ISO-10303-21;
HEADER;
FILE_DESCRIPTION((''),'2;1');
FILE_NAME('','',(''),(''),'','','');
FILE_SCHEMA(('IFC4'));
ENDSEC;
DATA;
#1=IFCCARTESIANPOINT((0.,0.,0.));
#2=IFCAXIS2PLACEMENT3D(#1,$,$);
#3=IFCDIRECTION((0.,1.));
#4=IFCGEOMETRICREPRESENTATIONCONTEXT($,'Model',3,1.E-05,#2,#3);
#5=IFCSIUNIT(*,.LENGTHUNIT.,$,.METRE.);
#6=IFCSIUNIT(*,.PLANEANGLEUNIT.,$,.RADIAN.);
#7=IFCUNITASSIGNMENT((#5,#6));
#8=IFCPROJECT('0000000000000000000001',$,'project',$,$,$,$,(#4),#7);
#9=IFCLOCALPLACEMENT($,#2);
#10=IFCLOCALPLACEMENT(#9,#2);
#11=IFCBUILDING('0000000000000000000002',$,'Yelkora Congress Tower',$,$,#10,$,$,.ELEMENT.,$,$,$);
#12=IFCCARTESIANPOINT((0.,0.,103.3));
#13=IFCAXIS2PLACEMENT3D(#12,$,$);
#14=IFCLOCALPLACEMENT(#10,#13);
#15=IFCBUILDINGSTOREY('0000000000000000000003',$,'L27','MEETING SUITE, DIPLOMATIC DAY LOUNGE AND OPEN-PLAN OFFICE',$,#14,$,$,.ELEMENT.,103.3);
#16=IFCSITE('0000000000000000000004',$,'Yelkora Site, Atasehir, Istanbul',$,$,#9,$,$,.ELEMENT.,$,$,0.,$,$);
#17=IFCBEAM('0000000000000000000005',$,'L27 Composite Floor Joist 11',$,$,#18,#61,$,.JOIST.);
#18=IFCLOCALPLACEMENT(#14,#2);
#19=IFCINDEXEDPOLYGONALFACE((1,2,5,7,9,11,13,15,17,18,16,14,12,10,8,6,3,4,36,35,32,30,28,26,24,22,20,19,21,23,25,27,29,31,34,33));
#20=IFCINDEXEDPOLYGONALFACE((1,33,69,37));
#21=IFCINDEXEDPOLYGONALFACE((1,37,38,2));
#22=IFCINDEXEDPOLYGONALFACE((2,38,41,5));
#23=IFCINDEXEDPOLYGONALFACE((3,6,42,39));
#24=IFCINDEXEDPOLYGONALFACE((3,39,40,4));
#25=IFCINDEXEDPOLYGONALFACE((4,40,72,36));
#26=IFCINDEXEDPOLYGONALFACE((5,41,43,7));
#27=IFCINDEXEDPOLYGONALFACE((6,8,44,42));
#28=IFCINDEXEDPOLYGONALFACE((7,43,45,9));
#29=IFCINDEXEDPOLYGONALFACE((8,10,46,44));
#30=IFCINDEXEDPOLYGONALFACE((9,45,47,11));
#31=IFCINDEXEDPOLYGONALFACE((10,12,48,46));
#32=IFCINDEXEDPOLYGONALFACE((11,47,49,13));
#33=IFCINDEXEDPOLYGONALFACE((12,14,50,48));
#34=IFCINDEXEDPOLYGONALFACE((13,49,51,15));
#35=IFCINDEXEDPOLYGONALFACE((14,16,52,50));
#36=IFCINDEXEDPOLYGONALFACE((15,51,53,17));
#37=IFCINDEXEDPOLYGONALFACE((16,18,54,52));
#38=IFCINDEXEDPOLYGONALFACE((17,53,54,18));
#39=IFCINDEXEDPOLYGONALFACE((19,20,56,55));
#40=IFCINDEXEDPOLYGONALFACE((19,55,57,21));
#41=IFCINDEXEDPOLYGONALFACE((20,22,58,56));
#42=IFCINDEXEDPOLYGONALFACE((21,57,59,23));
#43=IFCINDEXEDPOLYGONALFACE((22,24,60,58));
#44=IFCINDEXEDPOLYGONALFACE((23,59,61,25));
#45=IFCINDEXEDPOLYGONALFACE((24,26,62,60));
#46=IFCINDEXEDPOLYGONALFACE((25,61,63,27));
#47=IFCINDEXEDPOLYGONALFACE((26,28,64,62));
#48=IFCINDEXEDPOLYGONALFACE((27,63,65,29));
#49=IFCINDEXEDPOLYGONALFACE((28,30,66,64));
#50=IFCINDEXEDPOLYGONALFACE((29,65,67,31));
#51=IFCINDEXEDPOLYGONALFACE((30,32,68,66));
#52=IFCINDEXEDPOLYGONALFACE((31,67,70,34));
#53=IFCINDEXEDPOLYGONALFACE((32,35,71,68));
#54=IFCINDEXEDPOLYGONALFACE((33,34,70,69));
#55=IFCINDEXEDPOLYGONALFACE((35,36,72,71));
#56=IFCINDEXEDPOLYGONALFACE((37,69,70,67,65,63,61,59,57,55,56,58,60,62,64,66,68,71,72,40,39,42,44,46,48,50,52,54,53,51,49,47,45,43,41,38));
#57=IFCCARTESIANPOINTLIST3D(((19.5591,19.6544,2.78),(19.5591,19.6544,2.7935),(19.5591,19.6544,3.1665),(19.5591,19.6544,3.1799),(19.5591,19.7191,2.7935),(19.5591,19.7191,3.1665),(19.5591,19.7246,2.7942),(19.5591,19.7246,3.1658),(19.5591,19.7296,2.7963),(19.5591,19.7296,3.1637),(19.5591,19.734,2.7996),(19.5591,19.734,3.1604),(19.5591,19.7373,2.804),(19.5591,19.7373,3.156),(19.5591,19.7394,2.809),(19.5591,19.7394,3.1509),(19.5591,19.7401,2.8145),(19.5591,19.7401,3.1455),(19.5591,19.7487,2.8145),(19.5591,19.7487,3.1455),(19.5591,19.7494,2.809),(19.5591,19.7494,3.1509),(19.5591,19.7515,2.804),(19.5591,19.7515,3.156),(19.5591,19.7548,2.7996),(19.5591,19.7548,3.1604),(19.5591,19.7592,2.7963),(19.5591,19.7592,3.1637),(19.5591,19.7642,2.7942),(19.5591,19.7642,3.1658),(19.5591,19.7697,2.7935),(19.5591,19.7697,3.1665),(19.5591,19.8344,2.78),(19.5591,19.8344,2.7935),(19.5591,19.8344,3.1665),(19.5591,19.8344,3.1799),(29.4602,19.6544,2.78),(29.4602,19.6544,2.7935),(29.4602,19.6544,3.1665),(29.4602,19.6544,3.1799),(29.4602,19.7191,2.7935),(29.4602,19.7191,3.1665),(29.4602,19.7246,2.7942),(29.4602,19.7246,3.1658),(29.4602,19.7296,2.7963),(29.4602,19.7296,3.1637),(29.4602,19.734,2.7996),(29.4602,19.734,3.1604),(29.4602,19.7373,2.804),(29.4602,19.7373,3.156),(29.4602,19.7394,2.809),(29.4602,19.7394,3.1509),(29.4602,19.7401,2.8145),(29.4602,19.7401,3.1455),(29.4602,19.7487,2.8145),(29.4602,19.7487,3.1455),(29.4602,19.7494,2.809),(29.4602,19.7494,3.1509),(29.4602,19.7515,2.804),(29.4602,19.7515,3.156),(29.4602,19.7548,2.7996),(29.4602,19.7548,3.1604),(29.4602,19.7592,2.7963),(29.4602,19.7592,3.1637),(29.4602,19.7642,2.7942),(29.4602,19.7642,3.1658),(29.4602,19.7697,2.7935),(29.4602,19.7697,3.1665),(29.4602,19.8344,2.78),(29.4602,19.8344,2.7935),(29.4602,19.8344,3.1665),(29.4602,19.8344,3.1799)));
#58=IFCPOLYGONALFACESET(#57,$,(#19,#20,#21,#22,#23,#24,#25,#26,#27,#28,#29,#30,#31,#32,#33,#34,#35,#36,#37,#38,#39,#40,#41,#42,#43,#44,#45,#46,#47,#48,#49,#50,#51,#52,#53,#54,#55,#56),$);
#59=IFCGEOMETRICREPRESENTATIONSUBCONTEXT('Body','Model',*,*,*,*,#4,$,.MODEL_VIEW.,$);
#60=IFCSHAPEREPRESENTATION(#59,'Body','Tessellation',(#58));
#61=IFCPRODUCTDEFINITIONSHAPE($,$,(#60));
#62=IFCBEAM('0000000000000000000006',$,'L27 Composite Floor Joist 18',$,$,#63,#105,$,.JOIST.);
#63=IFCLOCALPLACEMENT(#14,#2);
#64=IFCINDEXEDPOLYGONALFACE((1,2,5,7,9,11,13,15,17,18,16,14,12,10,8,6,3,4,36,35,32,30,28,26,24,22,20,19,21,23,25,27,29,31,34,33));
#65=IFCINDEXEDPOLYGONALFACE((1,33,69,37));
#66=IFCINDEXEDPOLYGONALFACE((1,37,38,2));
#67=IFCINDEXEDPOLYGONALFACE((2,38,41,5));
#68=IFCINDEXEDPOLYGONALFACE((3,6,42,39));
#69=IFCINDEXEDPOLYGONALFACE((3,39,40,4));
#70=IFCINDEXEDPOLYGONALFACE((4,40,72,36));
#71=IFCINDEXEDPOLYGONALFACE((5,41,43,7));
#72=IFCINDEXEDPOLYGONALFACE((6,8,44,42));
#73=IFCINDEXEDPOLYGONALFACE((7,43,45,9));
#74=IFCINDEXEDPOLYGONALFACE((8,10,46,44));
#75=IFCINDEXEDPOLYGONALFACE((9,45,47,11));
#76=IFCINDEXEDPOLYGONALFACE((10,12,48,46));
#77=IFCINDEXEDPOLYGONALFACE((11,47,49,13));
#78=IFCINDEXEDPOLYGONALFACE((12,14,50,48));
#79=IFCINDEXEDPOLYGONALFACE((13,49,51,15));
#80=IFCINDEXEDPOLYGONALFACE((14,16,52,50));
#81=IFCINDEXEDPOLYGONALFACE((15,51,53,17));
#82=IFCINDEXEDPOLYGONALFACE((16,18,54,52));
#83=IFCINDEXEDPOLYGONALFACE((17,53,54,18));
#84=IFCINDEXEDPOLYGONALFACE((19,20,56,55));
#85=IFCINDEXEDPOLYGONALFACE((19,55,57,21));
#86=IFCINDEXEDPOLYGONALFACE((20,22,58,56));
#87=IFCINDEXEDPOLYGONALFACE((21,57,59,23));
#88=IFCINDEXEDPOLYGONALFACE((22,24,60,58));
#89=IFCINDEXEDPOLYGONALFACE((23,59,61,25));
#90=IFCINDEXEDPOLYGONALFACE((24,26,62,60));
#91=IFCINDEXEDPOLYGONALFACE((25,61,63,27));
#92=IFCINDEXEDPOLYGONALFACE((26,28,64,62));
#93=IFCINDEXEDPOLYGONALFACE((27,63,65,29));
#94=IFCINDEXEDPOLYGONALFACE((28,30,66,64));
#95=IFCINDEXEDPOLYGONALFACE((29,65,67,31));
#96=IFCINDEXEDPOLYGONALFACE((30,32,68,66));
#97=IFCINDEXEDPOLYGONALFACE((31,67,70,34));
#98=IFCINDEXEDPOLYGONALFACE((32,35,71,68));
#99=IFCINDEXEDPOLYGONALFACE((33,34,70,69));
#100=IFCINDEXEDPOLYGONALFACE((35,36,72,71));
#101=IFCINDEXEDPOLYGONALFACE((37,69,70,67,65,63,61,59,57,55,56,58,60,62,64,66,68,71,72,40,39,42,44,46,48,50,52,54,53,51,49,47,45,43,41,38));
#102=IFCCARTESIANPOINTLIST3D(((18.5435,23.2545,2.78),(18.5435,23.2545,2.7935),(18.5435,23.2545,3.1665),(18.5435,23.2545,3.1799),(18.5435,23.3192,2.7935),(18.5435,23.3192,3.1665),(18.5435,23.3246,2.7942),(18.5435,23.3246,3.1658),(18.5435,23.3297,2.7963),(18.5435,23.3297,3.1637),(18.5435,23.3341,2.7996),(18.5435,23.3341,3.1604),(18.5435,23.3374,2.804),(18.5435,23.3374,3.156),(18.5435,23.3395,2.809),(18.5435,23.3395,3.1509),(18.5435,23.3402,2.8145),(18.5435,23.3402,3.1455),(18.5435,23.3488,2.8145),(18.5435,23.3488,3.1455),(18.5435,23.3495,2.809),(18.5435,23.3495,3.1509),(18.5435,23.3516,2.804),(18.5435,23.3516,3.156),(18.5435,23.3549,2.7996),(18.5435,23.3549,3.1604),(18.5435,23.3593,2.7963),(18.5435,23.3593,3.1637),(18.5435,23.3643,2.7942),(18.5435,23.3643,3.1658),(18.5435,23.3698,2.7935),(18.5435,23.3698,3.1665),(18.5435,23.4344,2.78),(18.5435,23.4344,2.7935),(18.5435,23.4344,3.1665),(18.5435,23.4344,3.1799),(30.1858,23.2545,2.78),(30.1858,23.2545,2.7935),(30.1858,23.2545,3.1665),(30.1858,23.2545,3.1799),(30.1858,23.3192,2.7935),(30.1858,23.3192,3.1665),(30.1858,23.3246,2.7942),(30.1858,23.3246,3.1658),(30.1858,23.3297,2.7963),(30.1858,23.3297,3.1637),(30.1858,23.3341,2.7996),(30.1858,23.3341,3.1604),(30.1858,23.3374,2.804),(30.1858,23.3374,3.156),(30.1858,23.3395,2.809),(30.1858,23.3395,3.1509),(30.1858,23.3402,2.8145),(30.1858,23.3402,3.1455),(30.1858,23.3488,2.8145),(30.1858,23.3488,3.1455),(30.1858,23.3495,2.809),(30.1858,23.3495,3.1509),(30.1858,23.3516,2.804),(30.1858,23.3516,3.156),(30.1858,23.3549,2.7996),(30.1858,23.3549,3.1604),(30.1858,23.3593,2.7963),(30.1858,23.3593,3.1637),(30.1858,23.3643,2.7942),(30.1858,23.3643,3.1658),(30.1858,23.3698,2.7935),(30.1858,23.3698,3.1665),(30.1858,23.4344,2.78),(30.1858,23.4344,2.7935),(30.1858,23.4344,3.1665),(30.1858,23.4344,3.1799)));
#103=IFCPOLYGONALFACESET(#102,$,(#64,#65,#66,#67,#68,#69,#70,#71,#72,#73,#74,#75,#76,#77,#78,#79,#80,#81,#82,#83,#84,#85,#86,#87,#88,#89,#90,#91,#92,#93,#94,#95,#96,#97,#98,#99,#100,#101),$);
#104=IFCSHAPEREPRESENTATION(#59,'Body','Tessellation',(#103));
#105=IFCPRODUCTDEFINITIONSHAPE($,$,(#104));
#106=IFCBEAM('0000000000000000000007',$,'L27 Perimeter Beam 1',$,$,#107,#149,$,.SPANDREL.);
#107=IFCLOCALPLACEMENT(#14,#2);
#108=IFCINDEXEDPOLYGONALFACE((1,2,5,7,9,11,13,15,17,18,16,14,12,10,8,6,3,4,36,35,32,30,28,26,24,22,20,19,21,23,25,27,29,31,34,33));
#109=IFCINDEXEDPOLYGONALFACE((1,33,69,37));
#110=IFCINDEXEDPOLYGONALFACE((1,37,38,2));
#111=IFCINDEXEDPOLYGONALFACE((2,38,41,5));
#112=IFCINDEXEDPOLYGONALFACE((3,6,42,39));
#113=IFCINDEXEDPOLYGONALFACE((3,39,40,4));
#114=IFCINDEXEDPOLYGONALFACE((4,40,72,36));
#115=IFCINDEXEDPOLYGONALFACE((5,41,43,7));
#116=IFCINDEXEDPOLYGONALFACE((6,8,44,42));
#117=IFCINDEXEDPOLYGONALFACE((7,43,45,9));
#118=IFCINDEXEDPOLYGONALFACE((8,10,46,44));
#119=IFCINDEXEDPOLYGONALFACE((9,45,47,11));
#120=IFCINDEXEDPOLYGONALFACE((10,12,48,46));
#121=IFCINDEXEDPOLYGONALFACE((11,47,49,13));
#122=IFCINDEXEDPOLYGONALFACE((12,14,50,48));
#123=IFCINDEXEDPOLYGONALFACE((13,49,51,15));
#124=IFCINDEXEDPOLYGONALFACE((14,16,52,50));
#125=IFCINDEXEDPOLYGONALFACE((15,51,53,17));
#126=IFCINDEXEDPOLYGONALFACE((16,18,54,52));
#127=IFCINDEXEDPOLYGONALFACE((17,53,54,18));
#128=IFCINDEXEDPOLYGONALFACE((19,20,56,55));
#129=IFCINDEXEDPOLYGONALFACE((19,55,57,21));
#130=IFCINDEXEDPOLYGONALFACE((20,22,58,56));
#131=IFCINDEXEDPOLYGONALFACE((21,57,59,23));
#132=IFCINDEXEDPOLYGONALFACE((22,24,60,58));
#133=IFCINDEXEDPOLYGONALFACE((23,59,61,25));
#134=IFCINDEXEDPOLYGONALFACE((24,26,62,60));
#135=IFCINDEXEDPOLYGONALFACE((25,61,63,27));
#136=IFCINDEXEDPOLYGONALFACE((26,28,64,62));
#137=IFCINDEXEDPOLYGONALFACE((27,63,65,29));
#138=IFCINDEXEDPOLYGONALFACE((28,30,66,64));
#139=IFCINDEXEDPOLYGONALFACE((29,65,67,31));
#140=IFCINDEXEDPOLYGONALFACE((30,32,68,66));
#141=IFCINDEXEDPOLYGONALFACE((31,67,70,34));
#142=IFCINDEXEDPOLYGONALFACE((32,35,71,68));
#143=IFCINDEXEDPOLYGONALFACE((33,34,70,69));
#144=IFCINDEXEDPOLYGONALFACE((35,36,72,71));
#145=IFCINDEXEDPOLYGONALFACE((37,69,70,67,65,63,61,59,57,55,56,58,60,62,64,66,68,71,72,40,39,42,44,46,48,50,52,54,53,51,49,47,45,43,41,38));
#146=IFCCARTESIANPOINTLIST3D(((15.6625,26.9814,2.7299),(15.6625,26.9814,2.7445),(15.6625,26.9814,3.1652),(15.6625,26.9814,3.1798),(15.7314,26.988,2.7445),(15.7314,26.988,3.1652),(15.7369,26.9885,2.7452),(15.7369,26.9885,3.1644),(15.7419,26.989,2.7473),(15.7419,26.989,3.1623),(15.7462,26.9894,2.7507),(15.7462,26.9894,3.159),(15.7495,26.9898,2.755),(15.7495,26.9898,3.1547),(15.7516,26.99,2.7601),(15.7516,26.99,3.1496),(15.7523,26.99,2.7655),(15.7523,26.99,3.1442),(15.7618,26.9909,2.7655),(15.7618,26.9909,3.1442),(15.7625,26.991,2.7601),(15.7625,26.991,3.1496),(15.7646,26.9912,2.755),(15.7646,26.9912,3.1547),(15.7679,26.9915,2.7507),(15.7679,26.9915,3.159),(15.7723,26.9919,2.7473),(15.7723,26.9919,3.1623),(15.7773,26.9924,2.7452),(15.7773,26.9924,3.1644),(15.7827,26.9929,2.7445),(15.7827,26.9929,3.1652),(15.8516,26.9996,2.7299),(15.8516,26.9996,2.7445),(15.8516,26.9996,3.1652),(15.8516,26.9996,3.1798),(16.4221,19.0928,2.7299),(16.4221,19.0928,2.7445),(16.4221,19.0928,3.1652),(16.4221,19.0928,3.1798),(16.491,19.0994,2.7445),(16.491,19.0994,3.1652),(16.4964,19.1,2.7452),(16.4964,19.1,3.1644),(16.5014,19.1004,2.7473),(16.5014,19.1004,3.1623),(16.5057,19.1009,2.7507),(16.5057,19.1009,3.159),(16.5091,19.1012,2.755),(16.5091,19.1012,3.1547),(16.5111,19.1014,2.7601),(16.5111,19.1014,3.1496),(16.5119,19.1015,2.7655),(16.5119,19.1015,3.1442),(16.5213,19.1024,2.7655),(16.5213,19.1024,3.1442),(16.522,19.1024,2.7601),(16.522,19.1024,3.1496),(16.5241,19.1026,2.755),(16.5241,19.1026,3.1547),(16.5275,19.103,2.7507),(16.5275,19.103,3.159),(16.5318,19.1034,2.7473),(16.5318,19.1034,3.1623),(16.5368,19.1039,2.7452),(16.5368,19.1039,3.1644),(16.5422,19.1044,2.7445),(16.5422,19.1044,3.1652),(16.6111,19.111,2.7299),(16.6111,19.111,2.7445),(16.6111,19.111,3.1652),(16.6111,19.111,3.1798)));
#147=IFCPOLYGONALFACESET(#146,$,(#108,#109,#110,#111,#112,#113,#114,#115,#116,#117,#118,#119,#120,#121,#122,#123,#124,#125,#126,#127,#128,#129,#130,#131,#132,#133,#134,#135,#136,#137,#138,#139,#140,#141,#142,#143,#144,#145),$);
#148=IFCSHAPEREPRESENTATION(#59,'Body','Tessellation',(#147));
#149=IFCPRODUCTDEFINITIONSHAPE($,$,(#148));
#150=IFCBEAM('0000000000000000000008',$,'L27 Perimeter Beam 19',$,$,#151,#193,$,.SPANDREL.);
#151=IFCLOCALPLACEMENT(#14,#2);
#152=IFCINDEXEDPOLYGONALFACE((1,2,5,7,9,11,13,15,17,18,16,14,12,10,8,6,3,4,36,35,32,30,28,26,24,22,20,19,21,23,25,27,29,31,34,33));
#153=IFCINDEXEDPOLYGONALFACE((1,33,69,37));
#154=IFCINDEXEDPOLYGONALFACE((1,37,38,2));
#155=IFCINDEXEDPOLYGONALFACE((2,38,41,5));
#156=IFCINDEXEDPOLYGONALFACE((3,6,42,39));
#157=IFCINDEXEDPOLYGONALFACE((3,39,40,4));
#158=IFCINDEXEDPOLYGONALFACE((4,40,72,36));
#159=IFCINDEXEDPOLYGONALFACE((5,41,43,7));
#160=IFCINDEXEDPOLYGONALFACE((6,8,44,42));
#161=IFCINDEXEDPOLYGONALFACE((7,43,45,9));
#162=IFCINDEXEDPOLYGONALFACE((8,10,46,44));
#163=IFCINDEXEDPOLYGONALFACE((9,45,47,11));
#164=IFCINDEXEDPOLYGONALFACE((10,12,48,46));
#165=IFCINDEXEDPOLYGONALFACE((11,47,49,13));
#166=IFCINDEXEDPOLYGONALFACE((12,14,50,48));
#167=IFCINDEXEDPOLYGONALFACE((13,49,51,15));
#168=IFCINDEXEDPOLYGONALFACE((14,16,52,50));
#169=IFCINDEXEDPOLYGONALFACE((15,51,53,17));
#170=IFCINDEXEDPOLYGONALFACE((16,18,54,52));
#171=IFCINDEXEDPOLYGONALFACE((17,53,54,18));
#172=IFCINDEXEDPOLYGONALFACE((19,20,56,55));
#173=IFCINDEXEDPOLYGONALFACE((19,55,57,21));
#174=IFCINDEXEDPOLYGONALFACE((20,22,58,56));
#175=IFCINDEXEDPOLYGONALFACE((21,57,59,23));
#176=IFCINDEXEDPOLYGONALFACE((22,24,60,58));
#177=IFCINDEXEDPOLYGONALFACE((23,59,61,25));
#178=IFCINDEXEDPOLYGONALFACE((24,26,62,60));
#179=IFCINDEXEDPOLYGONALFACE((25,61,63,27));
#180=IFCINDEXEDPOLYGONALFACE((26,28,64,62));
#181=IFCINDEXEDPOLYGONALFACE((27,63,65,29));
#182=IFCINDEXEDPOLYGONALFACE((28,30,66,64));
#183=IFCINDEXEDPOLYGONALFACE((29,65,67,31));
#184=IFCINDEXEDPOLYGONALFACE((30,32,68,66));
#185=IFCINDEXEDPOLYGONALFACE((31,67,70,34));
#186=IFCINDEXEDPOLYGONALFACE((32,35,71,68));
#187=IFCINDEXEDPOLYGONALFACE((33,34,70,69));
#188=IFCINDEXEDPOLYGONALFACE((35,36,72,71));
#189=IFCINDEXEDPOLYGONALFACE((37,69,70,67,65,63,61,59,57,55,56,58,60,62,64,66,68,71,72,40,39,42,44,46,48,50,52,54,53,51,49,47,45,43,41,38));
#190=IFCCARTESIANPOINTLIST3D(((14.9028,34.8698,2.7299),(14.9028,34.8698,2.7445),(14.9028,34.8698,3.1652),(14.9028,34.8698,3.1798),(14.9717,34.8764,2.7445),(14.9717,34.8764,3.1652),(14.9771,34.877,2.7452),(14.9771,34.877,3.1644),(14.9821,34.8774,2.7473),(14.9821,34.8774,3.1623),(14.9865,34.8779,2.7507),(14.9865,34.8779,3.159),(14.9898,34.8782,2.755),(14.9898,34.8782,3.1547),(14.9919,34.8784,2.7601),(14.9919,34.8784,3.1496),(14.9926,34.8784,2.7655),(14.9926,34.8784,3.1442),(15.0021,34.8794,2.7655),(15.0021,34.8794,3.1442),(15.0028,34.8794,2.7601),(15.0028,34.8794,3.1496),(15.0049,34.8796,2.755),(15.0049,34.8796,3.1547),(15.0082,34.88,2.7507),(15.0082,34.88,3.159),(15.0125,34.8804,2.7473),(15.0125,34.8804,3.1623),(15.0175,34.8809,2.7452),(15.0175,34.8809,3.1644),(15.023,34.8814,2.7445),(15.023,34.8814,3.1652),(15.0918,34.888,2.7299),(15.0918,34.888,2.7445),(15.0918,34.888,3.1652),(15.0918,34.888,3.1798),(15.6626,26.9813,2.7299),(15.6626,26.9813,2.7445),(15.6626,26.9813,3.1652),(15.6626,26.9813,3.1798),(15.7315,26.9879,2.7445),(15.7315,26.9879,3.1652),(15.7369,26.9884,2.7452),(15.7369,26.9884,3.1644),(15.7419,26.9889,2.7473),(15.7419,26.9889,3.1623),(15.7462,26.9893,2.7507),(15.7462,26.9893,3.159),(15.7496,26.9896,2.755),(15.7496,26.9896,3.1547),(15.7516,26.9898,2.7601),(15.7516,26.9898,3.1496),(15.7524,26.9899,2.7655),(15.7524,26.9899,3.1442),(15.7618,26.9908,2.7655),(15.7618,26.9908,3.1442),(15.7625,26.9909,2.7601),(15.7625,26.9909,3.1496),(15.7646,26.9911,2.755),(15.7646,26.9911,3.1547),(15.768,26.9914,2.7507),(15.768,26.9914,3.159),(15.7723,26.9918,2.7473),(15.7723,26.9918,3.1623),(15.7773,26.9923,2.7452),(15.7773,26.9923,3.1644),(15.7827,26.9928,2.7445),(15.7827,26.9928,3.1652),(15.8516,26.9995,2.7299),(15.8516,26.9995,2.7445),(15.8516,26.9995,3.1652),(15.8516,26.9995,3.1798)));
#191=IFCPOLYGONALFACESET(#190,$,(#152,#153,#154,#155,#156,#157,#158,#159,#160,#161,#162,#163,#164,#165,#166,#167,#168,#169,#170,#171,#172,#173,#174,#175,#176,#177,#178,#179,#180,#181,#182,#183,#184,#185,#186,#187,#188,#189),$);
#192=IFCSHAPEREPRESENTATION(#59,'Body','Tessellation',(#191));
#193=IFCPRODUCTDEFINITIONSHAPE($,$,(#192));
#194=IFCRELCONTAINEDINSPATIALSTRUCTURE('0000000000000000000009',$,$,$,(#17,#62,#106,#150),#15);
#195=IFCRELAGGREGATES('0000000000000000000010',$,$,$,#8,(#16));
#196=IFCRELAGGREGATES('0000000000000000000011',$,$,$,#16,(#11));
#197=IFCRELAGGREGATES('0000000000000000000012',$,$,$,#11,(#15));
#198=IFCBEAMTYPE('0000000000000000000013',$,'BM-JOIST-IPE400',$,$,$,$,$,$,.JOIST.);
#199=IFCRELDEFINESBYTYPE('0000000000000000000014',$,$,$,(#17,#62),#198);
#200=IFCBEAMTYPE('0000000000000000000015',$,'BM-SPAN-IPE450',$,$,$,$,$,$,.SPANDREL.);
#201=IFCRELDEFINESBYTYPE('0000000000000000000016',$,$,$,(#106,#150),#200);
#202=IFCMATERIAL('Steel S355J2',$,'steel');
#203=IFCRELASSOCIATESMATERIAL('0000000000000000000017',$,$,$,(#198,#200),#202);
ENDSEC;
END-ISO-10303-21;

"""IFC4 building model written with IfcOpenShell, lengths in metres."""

from ifc_helpers import new_model, si_unit, direction, frame, origin, origin_2d, place, context, subcontext, project, spatial, i_section, extrude, material, material_profile, profile_set, type_object, element, save


model = new_model("IFC4")

# Units and contexts
model_context = context("Model", 3, precision=1e-05, world=origin(), true_north=direction((0.0, 1.0)))
body_context = subcontext(model_context, "Body", "Model", "MODEL_VIEW")
ifc_project = project(units=[si_unit("LENGTHUNIT", "METRE"), si_unit("PLANEANGLEUNIT", "RADIAN")], contexts=[model_context])

# Site, building, storey
site_placement = place(None, origin())
site = spatial("IfcSite", under=ifc_project, at=site_placement, Name="Yelkora Site, Atasehir, Istanbul", CompositionType="ELEMENT", RefElevation=0.0)
building_placement = place(site_placement, origin())
building = spatial("IfcBuilding", under=site, at=building_placement, Name="Yelkora Congress Tower", CompositionType="ELEMENT")
storey_placement = place(building_placement, frame((0.0, 0.0, 103.3)))
storey = spatial("IfcBuildingStorey", under=building, at=storey_placement, Name="L27", Description="MEETING SUITE, DIPLOMATIC DAY LOUNGE AND OPEN-PLAN OFFICE", CompositionType="ELEMENT", Elevation=103.3)

# Beams
ifc_material_1 = material(Name="Steel S355J2", Category="steel")
ifc_material_profile_1 = material_profile(ifc_material_1, i_section(OverallWidth=0.1799, OverallDepth=0.3999, WebThickness=0.0085, FlangeThickness=0.0134, FilletRadius=0.021, at=origin_2d()), Name="IPE 400")
ifc_profile_set_1 = profile_set([ifc_material_profile_1], Name="Steel S355J2")
beam_type_1 = type_object("IfcBeamType", Name="BM-JOIST-IPE400", PredefinedType="JOIST", material=ifc_profile_set_1)
beam_1_placement = place(storey_placement, frame((19.5591, 19.7444, 2.98), z_axis=(1.0, 0.0, 0.0), x_axis=(0.0, 1.0, 0.0)))
element("IfcBeam", 1, at=beam_1_placement, inside=storey, type_object=beam_type_1, Name="L27 Composite Floor Joist 11", PredefinedType="JOIST", context=body_context, shape_type="SweptSolid", body=[
    extrude(i_section(OverallWidth=0.1799, OverallDepth=0.3999, WebThickness=0.0085, FlangeThickness=0.0134, FilletRadius=0.021, at=origin_2d()), origin(), (0.0, 0.0, 1.0), 9.9011),
])
beam_2_placement = place(storey_placement, frame((18.5435, 23.3445, 2.98), z_axis=(1.0, 0.0, 0.0), x_axis=(0.0, 1.0, 0.0)))
element("IfcBeam", 2, at=beam_2_placement, inside=storey, type_object=beam_type_1, Name="L27 Composite Floor Joist 18", PredefinedType="JOIST", context=body_context, shape_type="SweptSolid", body=[
    extrude(i_section(OverallWidth=0.1799, OverallDepth=0.3999, WebThickness=0.0085, FlangeThickness=0.0134, FilletRadius=0.021, at=origin_2d()), origin(), (0.0, 0.0, 1.0), 11.6423),
])
ifc_material_profile_2 = material_profile(ifc_material_1, i_section(OverallWidth=0.1899, OverallDepth=0.45, WebThickness=0.0095, FlangeThickness=0.0146, FilletRadius=0.021, at=origin_2d()), Name="IPE 450")
ifc_profile_set_2 = profile_set([ifc_material_profile_2], Name="Steel S355J2")
beam_type_2 = type_object("IfcBeamType", Name="BM-SPAN-IPE450", PredefinedType="SPANDREL", material=ifc_profile_set_2)
for number, where, z_axis, x_axis, name in (
    (3, (15.7571, 26.9905, 2.9548), (0.095837, -0.995397, 0.0), (0.995397, 0.095837, 0.0), "L27 Perimeter Beam 1"),
    (4, (14.9973, 34.8789, 2.9548), (0.09587, -0.995394, 0.0), (0.995394, 0.09587, 0.0), "L27 Perimeter Beam 19"),
):
    element("IfcBeam", number, at=place(storey_placement, frame(where, z_axis=z_axis, x_axis=x_axis)), inside=storey, type_object=beam_type_2, Name=name, PredefinedType="SPANDREL", context=body_context, shape_type="SweptSolid", body=[
        extrude(i_section(OverallWidth=0.1899, OverallDepth=0.45, WebThickness=0.0095, FlangeThickness=0.0146, FilletRadius=0.021, at=origin_2d()), origin(), (0.0, 0.0, 1.0), 7.925),
    ])

save(model, "model.ifc")
